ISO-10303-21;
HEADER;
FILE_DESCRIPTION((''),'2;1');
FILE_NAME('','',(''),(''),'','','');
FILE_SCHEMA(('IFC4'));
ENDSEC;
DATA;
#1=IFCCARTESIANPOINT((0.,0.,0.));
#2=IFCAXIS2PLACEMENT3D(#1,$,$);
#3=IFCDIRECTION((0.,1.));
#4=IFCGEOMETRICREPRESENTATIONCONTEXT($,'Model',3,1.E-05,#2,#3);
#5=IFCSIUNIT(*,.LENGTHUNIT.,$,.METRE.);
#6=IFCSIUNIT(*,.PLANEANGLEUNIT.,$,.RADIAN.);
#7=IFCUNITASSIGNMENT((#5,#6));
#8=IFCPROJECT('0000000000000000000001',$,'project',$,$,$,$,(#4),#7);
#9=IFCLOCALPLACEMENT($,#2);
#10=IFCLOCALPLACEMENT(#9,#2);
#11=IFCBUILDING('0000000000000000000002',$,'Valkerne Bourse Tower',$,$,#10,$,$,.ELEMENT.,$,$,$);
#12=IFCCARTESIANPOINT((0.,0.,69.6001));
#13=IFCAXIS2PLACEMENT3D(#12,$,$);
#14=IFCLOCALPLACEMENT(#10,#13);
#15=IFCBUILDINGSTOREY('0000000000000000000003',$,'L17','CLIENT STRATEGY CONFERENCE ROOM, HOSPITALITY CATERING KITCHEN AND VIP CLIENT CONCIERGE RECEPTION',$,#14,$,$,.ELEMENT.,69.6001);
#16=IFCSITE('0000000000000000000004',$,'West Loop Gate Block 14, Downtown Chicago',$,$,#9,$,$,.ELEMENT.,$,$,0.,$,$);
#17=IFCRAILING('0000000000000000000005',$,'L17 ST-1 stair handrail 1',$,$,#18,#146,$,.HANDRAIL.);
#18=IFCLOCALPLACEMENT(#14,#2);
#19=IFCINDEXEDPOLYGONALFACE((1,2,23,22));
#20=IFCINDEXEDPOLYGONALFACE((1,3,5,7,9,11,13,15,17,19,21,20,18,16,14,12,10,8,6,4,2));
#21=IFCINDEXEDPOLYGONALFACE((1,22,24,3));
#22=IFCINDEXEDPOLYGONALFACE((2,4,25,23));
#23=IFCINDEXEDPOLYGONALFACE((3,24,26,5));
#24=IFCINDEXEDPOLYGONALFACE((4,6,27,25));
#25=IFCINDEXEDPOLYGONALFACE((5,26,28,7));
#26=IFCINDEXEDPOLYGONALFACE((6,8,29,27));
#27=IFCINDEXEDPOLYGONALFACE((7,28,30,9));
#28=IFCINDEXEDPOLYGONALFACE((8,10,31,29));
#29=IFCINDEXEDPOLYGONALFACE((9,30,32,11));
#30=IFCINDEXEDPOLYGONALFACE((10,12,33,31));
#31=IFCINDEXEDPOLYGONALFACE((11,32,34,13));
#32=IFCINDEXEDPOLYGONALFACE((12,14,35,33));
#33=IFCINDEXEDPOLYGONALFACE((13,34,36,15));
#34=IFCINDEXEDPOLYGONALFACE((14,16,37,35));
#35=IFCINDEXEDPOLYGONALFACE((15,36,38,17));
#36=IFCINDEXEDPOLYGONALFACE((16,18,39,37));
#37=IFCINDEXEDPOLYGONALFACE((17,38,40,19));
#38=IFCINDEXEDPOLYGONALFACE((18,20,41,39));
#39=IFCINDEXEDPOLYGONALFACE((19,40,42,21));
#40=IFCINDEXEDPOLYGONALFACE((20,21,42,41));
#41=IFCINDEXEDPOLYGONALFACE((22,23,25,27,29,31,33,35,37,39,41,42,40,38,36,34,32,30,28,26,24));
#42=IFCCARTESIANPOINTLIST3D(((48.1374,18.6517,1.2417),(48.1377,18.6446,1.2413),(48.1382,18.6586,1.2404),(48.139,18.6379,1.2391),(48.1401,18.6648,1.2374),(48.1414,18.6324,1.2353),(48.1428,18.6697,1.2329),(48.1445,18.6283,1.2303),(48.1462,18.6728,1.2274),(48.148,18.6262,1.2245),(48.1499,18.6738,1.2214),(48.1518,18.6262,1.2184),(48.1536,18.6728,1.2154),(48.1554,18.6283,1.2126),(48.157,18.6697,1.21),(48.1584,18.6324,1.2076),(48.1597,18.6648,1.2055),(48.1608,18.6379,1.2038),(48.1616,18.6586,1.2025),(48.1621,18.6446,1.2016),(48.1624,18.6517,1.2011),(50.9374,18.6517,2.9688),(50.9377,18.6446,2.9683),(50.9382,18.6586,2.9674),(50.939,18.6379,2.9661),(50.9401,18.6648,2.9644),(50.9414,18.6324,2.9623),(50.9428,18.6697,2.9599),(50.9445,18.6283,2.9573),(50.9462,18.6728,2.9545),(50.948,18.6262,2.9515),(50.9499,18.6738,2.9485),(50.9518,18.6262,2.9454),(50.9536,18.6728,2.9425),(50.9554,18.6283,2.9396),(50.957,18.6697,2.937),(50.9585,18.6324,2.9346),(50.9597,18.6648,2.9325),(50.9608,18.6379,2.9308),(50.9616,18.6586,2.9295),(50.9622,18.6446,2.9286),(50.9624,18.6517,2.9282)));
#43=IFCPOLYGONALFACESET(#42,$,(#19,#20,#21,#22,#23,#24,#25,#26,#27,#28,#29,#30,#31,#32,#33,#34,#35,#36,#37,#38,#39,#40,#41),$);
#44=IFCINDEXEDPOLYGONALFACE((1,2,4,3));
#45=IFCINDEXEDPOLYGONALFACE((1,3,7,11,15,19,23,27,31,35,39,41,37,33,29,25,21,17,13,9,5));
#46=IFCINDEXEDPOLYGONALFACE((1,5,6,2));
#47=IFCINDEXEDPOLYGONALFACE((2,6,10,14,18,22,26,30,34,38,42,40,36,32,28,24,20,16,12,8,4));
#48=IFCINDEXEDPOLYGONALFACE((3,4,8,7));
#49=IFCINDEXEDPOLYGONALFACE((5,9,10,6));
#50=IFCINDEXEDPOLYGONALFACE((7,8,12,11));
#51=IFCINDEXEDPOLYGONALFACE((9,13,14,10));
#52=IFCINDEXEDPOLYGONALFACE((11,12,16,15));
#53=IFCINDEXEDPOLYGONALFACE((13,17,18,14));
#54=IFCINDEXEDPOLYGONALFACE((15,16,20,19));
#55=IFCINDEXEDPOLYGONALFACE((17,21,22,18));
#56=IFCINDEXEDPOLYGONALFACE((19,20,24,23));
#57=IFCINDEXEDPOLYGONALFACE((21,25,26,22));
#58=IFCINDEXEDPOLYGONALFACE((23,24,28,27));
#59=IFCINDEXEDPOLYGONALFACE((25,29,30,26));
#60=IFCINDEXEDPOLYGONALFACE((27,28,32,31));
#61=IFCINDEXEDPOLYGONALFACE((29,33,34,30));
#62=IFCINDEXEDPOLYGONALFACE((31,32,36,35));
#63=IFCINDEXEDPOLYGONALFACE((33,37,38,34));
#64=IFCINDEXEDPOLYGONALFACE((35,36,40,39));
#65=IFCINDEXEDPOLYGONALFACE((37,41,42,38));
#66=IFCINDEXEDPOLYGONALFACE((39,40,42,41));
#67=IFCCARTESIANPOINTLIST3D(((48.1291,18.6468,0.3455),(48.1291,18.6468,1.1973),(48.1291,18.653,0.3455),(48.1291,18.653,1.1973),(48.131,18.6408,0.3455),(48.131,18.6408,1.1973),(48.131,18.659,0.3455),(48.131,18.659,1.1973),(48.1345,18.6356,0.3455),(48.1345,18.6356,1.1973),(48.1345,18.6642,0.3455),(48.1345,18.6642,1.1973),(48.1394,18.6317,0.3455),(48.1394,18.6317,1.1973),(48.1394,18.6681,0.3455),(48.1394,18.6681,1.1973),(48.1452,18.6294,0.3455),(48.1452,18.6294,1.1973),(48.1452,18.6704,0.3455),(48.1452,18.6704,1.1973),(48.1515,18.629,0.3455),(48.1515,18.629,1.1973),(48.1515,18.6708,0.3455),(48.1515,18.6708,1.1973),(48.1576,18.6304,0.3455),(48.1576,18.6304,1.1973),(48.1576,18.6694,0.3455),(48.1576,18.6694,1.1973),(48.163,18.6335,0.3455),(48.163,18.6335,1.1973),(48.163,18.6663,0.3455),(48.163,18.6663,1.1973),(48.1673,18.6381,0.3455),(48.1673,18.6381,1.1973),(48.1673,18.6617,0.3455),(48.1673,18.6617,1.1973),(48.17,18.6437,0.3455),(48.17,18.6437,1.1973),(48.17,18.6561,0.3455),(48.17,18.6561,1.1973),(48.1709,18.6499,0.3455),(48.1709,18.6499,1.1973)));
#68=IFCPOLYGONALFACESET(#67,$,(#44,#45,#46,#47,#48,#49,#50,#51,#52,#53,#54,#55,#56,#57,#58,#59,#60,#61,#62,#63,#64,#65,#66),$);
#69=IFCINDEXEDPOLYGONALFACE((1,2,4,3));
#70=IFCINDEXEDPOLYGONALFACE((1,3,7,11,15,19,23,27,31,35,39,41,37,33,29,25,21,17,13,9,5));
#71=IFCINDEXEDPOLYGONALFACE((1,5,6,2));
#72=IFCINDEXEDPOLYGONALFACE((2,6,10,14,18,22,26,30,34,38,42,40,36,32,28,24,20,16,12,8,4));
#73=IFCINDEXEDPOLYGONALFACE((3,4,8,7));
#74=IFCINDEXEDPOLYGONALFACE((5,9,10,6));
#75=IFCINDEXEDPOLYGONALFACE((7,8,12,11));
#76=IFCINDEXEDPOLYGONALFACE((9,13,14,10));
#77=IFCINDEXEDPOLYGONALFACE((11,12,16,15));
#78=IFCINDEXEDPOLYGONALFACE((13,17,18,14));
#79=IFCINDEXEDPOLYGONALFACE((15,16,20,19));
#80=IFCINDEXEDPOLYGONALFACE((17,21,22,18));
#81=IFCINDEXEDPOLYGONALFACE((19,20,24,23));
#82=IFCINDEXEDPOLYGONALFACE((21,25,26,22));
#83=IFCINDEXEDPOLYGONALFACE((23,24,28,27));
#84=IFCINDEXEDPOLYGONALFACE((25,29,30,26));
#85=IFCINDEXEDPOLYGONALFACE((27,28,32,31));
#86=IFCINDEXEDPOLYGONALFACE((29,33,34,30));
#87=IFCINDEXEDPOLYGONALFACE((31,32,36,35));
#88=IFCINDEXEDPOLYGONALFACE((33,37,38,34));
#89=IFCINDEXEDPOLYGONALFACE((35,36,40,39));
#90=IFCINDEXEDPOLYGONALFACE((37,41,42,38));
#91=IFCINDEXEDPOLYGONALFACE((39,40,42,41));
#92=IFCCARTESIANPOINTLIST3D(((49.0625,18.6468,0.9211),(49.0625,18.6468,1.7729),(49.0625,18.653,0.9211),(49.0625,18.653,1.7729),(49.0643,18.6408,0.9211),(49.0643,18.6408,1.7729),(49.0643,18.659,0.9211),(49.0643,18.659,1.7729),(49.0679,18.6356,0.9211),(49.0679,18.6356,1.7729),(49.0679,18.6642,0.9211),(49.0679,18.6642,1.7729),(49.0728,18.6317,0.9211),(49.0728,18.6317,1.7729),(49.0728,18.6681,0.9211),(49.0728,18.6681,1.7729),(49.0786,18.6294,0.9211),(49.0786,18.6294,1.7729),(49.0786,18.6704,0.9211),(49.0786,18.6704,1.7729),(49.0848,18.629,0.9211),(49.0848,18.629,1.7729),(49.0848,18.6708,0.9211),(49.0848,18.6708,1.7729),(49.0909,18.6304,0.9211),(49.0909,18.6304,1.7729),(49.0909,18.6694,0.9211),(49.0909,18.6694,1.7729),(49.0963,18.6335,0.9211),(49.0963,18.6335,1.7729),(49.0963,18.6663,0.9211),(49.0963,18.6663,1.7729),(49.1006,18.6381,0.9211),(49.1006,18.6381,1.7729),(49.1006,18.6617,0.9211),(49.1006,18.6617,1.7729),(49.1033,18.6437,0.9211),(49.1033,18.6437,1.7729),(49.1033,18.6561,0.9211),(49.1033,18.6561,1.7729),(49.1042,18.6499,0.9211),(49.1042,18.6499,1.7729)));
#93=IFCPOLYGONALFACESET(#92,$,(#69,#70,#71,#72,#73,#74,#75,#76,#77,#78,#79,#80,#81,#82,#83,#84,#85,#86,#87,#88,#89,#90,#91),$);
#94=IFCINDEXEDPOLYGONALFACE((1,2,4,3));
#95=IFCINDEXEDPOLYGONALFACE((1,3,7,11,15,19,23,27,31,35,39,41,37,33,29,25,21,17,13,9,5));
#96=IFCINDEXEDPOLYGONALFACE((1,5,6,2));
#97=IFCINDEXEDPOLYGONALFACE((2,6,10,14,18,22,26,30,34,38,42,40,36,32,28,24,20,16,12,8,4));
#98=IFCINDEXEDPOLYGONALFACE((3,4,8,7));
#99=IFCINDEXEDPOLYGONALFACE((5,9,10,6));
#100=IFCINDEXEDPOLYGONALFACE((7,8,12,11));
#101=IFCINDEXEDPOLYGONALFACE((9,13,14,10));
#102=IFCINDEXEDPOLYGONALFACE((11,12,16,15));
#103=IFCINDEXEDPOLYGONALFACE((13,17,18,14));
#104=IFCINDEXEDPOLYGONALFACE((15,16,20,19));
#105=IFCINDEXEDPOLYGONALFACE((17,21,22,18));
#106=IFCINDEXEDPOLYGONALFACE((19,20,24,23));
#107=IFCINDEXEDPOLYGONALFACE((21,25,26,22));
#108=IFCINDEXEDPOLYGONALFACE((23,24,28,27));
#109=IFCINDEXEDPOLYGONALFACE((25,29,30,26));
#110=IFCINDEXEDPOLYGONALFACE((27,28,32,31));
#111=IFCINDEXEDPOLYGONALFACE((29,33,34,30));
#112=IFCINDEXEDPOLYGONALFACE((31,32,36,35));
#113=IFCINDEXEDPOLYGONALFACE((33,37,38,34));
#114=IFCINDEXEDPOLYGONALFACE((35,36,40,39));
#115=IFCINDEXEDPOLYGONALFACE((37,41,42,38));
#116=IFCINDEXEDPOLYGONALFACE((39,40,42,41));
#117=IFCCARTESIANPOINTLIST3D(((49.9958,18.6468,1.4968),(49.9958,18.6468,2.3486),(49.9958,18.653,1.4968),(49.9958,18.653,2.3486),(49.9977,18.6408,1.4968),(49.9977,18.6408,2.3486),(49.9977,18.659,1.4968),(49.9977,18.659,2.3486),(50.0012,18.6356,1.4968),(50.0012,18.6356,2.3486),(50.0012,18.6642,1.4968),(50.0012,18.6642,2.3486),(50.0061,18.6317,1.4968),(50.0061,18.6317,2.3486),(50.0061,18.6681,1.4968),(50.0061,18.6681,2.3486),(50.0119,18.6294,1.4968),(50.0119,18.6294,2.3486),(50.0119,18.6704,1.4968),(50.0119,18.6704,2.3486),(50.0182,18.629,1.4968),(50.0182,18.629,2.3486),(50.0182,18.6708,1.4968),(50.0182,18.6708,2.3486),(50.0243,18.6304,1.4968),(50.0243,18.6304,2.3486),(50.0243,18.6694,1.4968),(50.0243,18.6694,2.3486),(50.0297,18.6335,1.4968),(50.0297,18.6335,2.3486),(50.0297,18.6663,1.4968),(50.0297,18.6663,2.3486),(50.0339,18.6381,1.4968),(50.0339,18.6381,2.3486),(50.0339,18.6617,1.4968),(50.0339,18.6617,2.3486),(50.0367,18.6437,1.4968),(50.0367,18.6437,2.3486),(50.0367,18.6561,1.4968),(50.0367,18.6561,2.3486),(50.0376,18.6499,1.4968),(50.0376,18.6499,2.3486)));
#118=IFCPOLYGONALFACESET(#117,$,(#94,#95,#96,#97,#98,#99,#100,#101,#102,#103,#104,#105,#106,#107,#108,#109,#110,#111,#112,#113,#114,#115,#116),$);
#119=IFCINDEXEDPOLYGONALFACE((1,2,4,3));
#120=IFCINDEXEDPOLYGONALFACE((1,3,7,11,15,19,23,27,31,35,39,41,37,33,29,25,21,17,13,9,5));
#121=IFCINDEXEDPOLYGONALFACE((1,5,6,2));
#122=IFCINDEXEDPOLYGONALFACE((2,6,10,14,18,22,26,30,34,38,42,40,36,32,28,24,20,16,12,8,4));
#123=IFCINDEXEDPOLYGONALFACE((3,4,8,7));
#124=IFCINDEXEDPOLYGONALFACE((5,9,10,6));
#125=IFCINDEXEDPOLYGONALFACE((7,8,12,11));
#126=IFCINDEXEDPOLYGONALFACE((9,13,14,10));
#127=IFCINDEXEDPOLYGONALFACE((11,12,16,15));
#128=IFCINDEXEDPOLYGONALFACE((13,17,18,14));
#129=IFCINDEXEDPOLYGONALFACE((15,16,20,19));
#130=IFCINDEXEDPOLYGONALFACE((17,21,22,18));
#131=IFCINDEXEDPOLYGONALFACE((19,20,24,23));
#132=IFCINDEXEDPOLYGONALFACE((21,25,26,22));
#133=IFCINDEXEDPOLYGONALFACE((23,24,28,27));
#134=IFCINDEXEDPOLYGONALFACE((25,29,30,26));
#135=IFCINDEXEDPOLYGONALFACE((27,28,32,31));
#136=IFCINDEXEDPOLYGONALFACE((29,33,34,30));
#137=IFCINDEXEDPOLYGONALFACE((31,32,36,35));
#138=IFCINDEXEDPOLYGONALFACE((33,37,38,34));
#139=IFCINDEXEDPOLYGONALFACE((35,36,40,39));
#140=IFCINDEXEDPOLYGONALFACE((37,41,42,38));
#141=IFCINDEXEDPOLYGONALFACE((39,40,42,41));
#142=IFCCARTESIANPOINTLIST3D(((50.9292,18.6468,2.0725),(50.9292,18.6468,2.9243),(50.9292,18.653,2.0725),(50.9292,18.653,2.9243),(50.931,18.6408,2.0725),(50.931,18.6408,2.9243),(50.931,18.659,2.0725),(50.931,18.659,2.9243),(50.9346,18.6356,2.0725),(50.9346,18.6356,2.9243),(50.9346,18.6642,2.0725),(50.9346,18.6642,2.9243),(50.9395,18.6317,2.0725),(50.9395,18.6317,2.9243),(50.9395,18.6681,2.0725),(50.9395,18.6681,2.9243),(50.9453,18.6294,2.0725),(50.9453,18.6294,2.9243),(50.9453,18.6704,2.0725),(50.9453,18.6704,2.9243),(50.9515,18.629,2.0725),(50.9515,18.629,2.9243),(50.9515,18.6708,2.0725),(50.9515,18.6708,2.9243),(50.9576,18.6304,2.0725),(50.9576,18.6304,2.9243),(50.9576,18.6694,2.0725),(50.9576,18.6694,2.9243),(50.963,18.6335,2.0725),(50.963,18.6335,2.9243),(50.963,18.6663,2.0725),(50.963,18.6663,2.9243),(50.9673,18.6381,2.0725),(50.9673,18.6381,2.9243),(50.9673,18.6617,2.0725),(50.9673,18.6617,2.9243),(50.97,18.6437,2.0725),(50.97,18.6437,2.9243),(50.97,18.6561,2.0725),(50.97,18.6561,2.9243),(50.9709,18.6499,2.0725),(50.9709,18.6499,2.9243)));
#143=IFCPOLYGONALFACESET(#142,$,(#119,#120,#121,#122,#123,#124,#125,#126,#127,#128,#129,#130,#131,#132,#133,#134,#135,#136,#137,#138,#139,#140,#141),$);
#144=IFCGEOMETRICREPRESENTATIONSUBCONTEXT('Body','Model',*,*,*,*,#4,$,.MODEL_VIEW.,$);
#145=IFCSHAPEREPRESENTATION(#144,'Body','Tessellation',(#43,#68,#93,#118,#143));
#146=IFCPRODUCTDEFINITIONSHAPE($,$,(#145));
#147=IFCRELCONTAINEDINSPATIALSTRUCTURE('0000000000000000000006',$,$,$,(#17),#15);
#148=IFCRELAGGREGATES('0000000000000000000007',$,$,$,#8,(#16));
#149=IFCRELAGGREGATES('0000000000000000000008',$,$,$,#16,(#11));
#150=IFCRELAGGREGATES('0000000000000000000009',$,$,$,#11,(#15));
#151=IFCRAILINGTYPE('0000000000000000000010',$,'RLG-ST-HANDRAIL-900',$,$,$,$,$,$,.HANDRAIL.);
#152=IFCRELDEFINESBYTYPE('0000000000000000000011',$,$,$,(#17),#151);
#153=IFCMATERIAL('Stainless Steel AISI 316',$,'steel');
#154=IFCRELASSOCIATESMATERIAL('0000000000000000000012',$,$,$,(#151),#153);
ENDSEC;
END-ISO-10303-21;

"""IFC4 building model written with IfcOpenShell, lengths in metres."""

from ifc_helpers import new_model, si_unit, direction, frame, origin, origin_2d, place, context, subcontext, project, spatial, circle, extrude, material, type_object, element, save


model = new_model("IFC4")

# Units and contexts
model_context = context("Model", 3, precision=1e-05, world=origin(), true_north=direction((0.0, 1.0)))
body_context = subcontext(model_context, "Body", "Model", "MODEL_VIEW")
ifc_project = project(units=[si_unit("LENGTHUNIT", "METRE"), si_unit("PLANEANGLEUNIT", "RADIAN")], contexts=[model_context])

# Site, building, storey
site_placement = place(None, origin())
site = spatial("IfcSite", under=ifc_project, at=site_placement, Name="West Loop Gate Block 14, Downtown Chicago", CompositionType="ELEMENT", RefElevation=0.0)
building_placement = place(site_placement, origin())
building = spatial("IfcBuilding", under=site, at=building_placement, Name="Valkerne Bourse Tower", CompositionType="ELEMENT")
storey_placement = place(building_placement, frame((0.0, 0.0, 69.6001)))
storey = spatial("IfcBuildingStorey", under=building, at=storey_placement, Name="L17", Description="CLIENT STRATEGY CONFERENCE ROOM, HOSPITALITY CATERING KITCHEN AND VIP CLIENT CONCIERGE RECEPTION", CompositionType="ELEMENT", Elevation=69.6001)

# Shared definitions
ifc_material_1 = material(Name="Stainless Steel AISI 316", Category="steel")

# Railing
railing_type_1 = type_object("IfcRailingType", Name="RLG-ST-HANDRAIL-900", PredefinedType="HANDRAIL", material=ifc_material_1)
railing_1_placement = place(storey_placement, frame((48.1499, 18.6499, 0.3455)))
element("IfcRailing", 1, at=railing_1_placement, inside=storey, type_object=railing_type_1, Name="L17 ST-1 stair handrail 1", PredefinedType="HANDRAIL", context=body_context, shape_type="SweptSolid", body=[
    extrude(circle(Radius=0.0239, at=origin_2d()), frame((0.0, 0.0, 0.876), z_axis=(0.851123, 0.0, 0.524967), x_axis=(0.0, 1.0, 0.0)), (0.0, 0.0, 1.0), 3.2898),
    extrude(circle(Radius=0.021, at=origin_2d()), origin(), (0.0, 0.0, 1.0), 0.8518),
    extrude(circle(Radius=0.021, at=origin_2d()), frame((0.9333, 0.0, 0.5757)), (0.0, 0.0, 1.0), 0.8518),
    extrude(circle(Radius=0.021, at=origin_2d()), frame((1.8667, 0.0, 1.1514)), (0.0, 0.0, 1.0), 0.8518),
    extrude(circle(Radius=0.021, at=origin_2d()), frame((2.8, 0.0, 1.7271)), (0.0, 0.0, 1.0), 0.8518),
])

save(model, "model.ifc")
